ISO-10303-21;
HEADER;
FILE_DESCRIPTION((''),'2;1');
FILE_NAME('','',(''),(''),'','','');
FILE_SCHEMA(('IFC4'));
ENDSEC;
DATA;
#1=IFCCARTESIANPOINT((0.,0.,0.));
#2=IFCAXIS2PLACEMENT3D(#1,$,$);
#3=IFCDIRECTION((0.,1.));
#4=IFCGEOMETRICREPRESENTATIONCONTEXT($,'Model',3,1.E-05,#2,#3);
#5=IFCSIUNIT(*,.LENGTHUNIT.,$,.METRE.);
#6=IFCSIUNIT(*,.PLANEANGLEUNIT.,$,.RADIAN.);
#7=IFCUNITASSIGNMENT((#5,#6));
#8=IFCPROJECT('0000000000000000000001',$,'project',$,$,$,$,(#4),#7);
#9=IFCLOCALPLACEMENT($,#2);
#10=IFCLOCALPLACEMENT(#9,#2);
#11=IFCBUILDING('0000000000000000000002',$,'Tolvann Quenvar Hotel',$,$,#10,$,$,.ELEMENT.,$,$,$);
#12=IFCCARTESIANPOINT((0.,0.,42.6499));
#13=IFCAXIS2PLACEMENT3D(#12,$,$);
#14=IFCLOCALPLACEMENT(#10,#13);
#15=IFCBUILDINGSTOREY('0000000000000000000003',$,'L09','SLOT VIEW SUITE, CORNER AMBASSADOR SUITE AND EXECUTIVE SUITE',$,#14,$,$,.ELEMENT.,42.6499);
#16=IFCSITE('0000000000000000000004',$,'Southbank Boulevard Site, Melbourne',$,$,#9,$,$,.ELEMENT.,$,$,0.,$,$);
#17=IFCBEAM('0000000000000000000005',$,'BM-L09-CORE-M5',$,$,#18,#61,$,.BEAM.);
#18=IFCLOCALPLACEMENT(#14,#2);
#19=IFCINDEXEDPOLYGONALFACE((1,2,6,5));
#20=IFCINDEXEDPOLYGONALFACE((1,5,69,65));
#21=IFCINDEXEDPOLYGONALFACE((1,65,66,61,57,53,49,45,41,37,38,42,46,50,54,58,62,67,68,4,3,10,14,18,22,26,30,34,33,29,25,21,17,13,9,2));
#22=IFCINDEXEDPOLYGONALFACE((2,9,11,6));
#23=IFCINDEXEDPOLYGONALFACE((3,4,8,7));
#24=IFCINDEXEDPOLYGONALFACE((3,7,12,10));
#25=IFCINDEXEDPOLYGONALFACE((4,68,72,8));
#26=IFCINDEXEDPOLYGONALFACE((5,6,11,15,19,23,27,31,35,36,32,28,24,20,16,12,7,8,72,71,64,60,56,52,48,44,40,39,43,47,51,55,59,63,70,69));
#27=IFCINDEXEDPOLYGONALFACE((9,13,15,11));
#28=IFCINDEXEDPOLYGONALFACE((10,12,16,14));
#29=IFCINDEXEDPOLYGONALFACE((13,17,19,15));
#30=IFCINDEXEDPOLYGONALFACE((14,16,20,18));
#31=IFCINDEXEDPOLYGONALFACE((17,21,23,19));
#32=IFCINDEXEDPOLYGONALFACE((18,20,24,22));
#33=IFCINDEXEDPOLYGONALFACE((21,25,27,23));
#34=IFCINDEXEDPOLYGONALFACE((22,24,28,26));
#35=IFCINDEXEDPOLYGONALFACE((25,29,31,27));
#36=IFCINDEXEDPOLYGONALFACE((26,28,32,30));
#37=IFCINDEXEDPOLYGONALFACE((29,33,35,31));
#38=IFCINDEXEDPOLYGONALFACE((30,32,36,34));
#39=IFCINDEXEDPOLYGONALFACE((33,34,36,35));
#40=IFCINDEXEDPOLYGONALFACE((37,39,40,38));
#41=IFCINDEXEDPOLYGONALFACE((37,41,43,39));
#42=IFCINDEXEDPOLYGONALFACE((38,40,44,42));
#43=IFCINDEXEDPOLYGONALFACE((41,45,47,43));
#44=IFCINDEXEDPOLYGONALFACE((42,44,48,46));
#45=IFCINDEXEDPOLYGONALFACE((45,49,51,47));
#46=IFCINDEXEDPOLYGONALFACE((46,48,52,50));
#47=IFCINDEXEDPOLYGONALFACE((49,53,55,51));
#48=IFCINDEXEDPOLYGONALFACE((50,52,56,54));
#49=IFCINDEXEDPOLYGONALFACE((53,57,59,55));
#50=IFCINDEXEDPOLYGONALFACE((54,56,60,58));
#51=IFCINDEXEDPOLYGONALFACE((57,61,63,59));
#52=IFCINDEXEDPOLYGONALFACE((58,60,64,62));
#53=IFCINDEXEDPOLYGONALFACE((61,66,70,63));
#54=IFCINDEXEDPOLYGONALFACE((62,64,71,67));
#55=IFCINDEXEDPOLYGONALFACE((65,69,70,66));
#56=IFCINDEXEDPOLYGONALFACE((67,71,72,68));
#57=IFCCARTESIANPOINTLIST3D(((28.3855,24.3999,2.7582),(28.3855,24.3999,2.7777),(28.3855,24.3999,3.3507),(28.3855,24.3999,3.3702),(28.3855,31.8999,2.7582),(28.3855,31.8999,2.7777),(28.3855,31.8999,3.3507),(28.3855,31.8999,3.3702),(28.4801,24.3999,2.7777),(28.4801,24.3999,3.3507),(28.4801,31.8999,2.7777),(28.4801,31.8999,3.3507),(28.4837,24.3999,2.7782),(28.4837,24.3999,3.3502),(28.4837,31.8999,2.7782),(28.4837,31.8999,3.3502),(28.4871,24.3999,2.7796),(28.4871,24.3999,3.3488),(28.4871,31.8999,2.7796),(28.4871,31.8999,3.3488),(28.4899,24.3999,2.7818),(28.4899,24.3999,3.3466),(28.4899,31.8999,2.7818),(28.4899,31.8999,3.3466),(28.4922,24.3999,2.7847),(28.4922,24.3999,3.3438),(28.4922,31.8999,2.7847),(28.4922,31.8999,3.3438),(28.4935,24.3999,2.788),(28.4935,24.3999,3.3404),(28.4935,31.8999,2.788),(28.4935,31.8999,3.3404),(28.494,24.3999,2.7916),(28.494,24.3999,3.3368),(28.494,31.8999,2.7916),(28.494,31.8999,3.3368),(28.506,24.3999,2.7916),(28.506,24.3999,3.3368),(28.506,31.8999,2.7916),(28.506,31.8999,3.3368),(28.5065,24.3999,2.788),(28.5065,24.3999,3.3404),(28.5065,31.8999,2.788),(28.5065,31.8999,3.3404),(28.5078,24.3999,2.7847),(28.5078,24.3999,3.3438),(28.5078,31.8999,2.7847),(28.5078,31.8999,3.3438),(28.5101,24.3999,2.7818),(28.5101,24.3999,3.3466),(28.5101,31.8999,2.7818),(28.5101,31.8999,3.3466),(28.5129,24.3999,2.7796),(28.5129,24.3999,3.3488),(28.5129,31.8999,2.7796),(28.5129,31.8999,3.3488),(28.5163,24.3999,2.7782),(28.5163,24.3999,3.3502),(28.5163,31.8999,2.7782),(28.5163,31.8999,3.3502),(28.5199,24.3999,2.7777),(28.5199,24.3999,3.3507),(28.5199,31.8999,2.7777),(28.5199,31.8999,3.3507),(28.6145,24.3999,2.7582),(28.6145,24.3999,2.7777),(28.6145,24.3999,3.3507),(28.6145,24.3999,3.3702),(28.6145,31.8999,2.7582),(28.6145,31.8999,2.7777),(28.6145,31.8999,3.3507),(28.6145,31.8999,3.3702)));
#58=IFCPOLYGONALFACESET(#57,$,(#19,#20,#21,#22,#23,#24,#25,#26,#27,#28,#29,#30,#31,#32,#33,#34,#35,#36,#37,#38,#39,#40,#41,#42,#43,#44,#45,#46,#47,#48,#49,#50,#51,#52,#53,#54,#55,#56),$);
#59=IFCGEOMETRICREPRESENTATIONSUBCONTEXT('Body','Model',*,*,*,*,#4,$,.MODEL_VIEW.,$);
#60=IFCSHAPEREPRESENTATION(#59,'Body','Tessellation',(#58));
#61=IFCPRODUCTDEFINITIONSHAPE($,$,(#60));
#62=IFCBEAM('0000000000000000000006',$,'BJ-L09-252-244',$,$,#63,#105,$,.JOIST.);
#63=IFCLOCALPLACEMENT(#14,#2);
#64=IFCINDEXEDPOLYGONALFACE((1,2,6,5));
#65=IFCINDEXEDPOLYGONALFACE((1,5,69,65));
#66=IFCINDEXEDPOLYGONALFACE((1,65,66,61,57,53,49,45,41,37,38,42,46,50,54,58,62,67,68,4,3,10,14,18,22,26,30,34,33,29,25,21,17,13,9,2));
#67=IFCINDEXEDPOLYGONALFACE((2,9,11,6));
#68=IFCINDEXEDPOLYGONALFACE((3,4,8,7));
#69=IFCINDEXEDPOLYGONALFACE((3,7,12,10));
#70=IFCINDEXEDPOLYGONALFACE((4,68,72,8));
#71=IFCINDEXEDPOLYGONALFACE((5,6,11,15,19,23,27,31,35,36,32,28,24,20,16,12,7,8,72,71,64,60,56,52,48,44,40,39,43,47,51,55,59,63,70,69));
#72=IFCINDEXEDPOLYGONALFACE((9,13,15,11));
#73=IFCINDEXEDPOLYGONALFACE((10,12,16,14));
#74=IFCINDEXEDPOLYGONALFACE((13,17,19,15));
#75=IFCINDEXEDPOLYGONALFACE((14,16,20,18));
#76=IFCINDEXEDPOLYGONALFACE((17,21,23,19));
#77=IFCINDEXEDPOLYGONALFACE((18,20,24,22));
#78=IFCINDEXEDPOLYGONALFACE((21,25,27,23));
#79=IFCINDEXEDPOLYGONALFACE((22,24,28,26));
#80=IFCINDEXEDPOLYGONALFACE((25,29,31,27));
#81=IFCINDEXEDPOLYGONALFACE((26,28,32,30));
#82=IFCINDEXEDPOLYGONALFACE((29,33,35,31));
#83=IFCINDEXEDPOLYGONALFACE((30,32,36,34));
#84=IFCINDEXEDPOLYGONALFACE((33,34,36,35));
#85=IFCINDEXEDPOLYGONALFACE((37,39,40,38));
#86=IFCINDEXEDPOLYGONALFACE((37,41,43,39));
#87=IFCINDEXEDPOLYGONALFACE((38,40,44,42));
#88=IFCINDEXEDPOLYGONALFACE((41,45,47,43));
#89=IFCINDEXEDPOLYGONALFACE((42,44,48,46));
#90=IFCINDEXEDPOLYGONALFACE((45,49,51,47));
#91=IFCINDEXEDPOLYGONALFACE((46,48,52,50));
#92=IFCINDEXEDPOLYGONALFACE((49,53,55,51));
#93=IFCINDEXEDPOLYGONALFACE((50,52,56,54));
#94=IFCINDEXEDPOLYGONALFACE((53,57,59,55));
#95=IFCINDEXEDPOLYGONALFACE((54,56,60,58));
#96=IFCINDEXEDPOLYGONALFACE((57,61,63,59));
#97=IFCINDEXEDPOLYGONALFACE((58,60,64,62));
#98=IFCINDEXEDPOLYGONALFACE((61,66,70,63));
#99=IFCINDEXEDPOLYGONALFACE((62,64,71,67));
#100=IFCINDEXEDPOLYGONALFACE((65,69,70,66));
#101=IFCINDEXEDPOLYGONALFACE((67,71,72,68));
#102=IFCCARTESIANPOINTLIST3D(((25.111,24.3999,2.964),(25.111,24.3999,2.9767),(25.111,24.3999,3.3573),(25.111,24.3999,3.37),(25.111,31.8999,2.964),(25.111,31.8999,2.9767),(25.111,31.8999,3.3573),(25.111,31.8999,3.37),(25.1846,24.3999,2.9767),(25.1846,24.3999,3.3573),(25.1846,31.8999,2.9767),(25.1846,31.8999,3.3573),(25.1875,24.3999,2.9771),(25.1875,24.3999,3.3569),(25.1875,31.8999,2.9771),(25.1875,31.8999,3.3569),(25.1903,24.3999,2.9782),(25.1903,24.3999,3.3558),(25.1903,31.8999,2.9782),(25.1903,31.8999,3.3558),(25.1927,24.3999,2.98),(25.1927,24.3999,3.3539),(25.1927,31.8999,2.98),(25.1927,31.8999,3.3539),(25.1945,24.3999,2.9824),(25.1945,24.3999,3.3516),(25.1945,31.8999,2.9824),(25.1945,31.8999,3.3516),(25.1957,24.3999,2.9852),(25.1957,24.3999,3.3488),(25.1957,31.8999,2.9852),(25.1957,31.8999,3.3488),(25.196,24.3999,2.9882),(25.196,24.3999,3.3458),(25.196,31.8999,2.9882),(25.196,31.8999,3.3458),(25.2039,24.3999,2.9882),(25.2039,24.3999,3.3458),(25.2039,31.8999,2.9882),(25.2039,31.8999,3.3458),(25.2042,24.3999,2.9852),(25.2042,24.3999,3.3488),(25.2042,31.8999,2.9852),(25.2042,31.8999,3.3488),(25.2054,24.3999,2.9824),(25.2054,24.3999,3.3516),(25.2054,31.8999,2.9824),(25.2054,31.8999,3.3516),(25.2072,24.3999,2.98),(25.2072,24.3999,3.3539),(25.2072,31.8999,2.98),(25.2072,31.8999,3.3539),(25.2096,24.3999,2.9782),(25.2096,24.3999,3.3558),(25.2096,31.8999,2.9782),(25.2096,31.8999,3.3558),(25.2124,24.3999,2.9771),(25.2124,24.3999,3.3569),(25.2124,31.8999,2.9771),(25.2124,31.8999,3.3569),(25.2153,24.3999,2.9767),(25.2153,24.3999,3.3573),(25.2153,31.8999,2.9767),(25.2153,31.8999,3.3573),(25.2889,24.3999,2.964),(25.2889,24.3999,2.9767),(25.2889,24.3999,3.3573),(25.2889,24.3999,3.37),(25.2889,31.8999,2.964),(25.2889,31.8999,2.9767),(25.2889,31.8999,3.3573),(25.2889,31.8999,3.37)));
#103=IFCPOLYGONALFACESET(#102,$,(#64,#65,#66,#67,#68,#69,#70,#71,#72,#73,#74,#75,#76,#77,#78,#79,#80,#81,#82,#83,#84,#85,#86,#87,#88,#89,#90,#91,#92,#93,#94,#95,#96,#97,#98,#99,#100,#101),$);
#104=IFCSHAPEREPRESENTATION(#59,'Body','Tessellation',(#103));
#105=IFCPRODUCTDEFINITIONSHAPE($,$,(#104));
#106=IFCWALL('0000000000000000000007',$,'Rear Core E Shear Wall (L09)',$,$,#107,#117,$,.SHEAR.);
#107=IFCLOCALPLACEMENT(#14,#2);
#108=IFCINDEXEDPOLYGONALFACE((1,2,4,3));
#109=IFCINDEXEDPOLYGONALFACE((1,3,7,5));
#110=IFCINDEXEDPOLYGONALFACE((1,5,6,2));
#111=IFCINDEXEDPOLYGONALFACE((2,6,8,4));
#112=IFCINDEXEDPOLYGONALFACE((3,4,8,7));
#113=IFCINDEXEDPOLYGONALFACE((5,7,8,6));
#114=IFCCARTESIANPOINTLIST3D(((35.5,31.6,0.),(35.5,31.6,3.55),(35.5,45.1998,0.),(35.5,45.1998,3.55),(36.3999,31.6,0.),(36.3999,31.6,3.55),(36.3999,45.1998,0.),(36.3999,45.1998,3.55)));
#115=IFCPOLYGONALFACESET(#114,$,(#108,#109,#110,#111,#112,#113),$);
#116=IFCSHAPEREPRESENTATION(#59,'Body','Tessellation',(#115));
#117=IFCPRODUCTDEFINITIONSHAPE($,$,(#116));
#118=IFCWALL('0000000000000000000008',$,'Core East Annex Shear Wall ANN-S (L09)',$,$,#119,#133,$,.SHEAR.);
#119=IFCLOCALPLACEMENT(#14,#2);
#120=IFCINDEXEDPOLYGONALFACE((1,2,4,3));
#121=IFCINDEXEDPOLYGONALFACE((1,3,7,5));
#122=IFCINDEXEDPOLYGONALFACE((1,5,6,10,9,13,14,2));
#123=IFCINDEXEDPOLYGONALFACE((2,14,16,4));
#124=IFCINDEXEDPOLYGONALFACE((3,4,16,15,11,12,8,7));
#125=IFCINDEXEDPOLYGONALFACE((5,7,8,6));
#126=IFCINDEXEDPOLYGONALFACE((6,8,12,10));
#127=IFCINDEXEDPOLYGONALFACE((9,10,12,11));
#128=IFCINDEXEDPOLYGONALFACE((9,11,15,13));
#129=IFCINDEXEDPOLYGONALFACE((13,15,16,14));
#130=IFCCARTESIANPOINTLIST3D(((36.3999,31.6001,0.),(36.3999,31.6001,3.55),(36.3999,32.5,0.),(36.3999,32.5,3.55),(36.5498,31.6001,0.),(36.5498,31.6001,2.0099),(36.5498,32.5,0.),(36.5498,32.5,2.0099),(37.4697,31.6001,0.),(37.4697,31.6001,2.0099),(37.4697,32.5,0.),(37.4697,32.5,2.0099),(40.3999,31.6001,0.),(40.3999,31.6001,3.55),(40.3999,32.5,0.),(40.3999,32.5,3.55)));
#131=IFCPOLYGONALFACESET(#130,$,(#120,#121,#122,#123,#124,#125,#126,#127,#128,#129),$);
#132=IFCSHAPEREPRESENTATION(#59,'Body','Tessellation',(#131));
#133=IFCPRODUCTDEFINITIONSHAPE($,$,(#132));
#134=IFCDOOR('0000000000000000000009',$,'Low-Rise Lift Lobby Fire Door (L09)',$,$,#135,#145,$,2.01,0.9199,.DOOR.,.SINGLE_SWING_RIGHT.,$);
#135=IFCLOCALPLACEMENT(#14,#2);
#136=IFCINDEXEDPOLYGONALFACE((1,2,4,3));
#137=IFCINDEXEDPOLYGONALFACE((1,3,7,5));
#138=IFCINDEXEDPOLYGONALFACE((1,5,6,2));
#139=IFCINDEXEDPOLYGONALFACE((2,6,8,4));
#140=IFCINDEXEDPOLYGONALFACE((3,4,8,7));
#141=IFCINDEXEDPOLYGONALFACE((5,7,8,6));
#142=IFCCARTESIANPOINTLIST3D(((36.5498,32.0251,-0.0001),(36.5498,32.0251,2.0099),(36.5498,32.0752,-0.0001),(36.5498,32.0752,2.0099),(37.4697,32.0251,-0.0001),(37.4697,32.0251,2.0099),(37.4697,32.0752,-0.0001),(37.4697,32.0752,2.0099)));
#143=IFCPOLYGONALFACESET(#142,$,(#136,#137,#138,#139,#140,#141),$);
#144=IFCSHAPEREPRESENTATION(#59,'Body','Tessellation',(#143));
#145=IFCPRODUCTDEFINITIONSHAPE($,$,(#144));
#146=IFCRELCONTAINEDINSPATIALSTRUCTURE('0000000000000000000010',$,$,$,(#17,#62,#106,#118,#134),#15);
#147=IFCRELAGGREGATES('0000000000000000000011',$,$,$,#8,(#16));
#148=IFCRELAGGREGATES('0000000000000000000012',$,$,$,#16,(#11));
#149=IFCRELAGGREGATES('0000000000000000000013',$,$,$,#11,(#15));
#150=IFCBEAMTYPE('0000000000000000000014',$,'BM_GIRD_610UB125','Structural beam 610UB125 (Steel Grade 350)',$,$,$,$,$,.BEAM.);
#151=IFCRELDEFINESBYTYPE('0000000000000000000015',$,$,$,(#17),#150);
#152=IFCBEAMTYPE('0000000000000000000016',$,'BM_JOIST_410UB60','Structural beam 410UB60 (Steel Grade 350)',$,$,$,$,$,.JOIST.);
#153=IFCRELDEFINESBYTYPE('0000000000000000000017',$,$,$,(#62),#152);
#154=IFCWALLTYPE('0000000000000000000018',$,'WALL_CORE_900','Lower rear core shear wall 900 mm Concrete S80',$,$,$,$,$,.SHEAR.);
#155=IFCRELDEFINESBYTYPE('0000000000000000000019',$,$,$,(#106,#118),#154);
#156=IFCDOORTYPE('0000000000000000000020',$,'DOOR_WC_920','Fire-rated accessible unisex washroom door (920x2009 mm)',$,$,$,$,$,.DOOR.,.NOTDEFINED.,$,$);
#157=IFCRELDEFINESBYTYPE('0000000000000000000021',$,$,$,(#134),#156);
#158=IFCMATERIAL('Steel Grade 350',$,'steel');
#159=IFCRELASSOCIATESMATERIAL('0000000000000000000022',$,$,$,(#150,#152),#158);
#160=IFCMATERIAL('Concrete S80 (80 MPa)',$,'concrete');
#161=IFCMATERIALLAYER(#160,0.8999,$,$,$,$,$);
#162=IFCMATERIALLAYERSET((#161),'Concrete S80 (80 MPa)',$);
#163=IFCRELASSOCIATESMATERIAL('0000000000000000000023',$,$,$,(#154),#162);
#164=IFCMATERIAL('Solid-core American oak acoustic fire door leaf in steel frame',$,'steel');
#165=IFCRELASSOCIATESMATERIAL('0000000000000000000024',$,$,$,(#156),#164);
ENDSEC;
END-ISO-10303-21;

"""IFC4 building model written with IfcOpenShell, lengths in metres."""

from ifc_helpers import new_model, si_unit, direction, frame, frame_2d, origin, origin_2d, place, context, subcontext, project, spatial, rectangle, i_section, extrude, source, transform, mapped, material, layer, layer_set, material_profile, profile_set, type_object, type_shapes, element, fill, save


model = new_model("IFC4")

# Units and contexts
model_context = context("Model", 3, precision=1e-05, world=origin(), true_north=direction((0.0, 1.0)))
body_context = subcontext(model_context, "Body", "Model", "MODEL_VIEW")
ifc_project = project(units=[si_unit("LENGTHUNIT", "METRE"), si_unit("PLANEANGLEUNIT", "RADIAN")], contexts=[model_context])

# Site, building, storey
site_placement = place(None, origin())
site = spatial("IfcSite", under=ifc_project, at=site_placement, Name="Southbank Boulevard Site, Melbourne", CompositionType="ELEMENT", RefElevation=0.0)
building_placement = place(site_placement, origin())
building = spatial("IfcBuilding", under=site, at=building_placement, Name="Tolvann Quenvar Hotel", CompositionType="ELEMENT")
storey_placement = place(building_placement, frame((0.0, 0.0, 42.6499)))
storey = spatial("IfcBuildingStorey", under=building, at=storey_placement, Name="L09", Description="SLOT VIEW SUITE, CORNER AMBASSADOR SUITE AND EXECUTIVE SUITE", CompositionType="ELEMENT", Elevation=42.6499)

# Shared definitions
ifc_material_1 = material(Name="Steel Grade 350", Category="steel")

# Beams
ifc_material_profile_1 = material_profile(ifc_material_1, i_section(OverallWidth=0.229, OverallDepth=0.6121, WebThickness=0.012, FlangeThickness=0.0195, FilletRadius=0.0139, at=origin_2d()), Name="610UB125")
ifc_profile_set_1 = profile_set([ifc_material_profile_1], Name="Steel Grade 350")
beam_type_1 = type_object("IfcBeamType", Name="BM_GIRD_610UB125", Description="Structural beam 610UB125 (Steel Grade 350)", PredefinedType="BEAM", material=ifc_profile_set_1)
shared_shape_1 = source(origin(), body_context, "Body", "SweptSolid", [
    extrude(i_section(OverallWidth=0.229, OverallDepth=0.6121, WebThickness=0.012, FlangeThickness=0.0195, FilletRadius=0.0139, at=origin_2d()), origin(), (0.0, 0.0, 1.0), 7.5),
])
for number, where, z_axis, x_axis, name in (
    (1, (28.5, 24.3999, 3.0642), (0.0, 1.0, 0.0), (-1.0, 0.0, 0.0), "BM-L09-CORE-M5"),
):
    element("IfcBeam", number, at=place(storey_placement, frame(where, z_axis=z_axis, x_axis=x_axis)), inside=storey, type_object=beam_type_1, Name=name, PredefinedType="BEAM", context=body_context, shape_type="MappedRepresentation", body=[
        mapped(shared_shape_1, transform((0.0, 0.0, 0.0), x_axis=(1.0, 0.0, 0.0), y_axis=(0.0, 1.0, 0.0), z_axis=(0.0, 0.0, 1.0), scale=1.0)),
    ])
ifc_material_profile_2 = material_profile(ifc_material_1, i_section(OverallWidth=0.178, OverallDepth=0.406, WebThickness=0.0078, FlangeThickness=0.0127, FilletRadius=0.0115, at=origin_2d()), Name="410UB60")
ifc_profile_set_2 = profile_set([ifc_material_profile_2], Name="Steel Grade 350")
beam_type_2 = type_object("IfcBeamType", Name="BM_JOIST_410UB60", Description="Structural beam 410UB60 (Steel Grade 350)", PredefinedType="JOIST", material=ifc_profile_set_2)
shared_shape_2 = source(origin(), body_context, "Body", "SweptSolid", [
    extrude(i_section(OverallWidth=0.178, OverallDepth=0.406, WebThickness=0.0078, FlangeThickness=0.0127, FilletRadius=0.0115, at=origin_2d()), origin(), (0.0, 0.0, 1.0), 7.5),
])
type_shapes(beam_type_2, [shared_shape_2])
beam_1_placement = place(storey_placement, frame((25.2, 24.3999, 3.167), z_axis=(0.0, 1.0, 0.0), x_axis=(-1.0, 0.0, 0.0)))
element("IfcBeam", 2, at=beam_1_placement, inside=storey, type_object=beam_type_2, Name="BJ-L09-252-244", PredefinedType="JOIST", context=body_context, shape_type="MappedRepresentation", body=[
    mapped(shared_shape_2, transform((0.0, 0.0, 0.0), x_axis=(1.0, 0.0, 0.0), y_axis=(0.0, 1.0, 0.0), z_axis=(0.0, 0.0, 1.0), scale=1.0)),
])

# Wall
ifc_material_2 = material(Name="Concrete S80 (80 MPa)", Category="concrete")
ifc_layer_1 = layer(ifc_material_2, 0.8999)
ifc_layer_set_1 = layer_set([ifc_layer_1], Name="Concrete S80 (80 MPa)")
wall_type_1 = type_object("IfcWallType", Name="WALL_CORE_900", Description="Lower rear core shear wall 900 mm Concrete S80", PredefinedType="SHEAR", material=ifc_layer_set_1)
wall_1_placement = place(storey_placement, frame((35.95, 31.6001, 0.0), z_axis=(0.0, 0.0, 1.0), x_axis=(0.0, 1.0, 0.0)))
element("IfcWall", 3, at=wall_1_placement, inside=storey, type_object=wall_type_1, Name="Rear Core E Shear Wall (L09)", PredefinedType="SHEAR", context=body_context, shape_type="SweptSolid", body=[
    extrude(rectangle(XDim=13.5999, YDim=0.8999, at=frame_2d((6.7998, 0.0))), origin(), (0.0, 0.0, 1.0), 3.55),
])

# Wall, opening, door
wall_2_placement = place(storey_placement, frame((36.3999, 32.05, 0.0), z_axis=(0.0, 0.0, 1.0), x_axis=(1.0, 0.0, 0.0)))
wall_2 = element("IfcWall", 4, at=wall_2_placement, inside=storey, type_object=wall_type_1, Name="Core East Annex Shear Wall ANN-S (L09)", PredefinedType="SHEAR", context=body_context, shape_type="SweptSolid", body=[
    extrude(rectangle(XDim=4.0, YDim=0.8999, at=frame_2d((2.0, 0.0))), origin(), (0.0, 0.0, 1.0), 3.55),
])
opening_1_placement = place(wall_2_placement, frame((1.0698, 0.0, 0.0), z_axis=(0.0, 0.0, 1.0), x_axis=(-1.0, 0.0, 0.0)))
opening_1 = element("IfcOpeningElement", 5, at=opening_1_placement, cuts=wall_2, PredefinedType="OPENING", context=body_context, shape_type="SweptSolid", body=[
    extrude(rectangle(XDim=0.9199, YDim=2.01, at=frame_2d((0.46, 1.0049))), frame((0.0, 0.46, 0.0), z_axis=(0.0, -1.0, 0.0), x_axis=(1.0, 0.0, 0.0)), (0.0, 0.0, 1.0), 0.9199),
])
ifc_material_3 = material(Name="Solid-core American oak acoustic fire door leaf in steel frame", Category="steel")
door_type_1 = type_object("IfcDoorType", Name="DOOR_WC_920", Description="Fire-rated accessible unisex washroom door (920x2009 mm)", OperationType="NOTDEFINED", PredefinedType="DOOR", material=ifc_material_3)
shared_shape_3 = source(origin(), body_context, "Body", "SweptSolid", [
    extrude(rectangle(XDim=0.9199, YDim=2.01, at=frame_2d((0.46, 1.0049))), frame((0.0, 0.0249, 0.0), z_axis=(0.0, -1.0, 0.0), x_axis=(1.0, 0.0, 0.0)), (0.0, 0.0, 1.0), 0.05),
])
type_shapes(door_type_1, [shared_shape_3])
door_1_placement = place(opening_1_placement, origin())
door_1 = element("IfcDoor", 6, at=door_1_placement, inside=storey, type_object=door_type_1, Name="Low-Rise Lift Lobby Fire Door (L09)", OperationType="SINGLE_SWING_RIGHT", OverallHeight=2.01, OverallWidth=0.9199, PredefinedType="DOOR", context=body_context, shape_type="MappedRepresentation", body=[
    mapped(shared_shape_3, transform((0.0, 0.0, 0.0), x_axis=(1.0, 0.0, 0.0), y_axis=(0.0, 1.0, 0.0), z_axis=(0.0, 0.0, 1.0), scale=1.0)),
])
fill(opening_1, door_1)

save(model, "model.ifc")
